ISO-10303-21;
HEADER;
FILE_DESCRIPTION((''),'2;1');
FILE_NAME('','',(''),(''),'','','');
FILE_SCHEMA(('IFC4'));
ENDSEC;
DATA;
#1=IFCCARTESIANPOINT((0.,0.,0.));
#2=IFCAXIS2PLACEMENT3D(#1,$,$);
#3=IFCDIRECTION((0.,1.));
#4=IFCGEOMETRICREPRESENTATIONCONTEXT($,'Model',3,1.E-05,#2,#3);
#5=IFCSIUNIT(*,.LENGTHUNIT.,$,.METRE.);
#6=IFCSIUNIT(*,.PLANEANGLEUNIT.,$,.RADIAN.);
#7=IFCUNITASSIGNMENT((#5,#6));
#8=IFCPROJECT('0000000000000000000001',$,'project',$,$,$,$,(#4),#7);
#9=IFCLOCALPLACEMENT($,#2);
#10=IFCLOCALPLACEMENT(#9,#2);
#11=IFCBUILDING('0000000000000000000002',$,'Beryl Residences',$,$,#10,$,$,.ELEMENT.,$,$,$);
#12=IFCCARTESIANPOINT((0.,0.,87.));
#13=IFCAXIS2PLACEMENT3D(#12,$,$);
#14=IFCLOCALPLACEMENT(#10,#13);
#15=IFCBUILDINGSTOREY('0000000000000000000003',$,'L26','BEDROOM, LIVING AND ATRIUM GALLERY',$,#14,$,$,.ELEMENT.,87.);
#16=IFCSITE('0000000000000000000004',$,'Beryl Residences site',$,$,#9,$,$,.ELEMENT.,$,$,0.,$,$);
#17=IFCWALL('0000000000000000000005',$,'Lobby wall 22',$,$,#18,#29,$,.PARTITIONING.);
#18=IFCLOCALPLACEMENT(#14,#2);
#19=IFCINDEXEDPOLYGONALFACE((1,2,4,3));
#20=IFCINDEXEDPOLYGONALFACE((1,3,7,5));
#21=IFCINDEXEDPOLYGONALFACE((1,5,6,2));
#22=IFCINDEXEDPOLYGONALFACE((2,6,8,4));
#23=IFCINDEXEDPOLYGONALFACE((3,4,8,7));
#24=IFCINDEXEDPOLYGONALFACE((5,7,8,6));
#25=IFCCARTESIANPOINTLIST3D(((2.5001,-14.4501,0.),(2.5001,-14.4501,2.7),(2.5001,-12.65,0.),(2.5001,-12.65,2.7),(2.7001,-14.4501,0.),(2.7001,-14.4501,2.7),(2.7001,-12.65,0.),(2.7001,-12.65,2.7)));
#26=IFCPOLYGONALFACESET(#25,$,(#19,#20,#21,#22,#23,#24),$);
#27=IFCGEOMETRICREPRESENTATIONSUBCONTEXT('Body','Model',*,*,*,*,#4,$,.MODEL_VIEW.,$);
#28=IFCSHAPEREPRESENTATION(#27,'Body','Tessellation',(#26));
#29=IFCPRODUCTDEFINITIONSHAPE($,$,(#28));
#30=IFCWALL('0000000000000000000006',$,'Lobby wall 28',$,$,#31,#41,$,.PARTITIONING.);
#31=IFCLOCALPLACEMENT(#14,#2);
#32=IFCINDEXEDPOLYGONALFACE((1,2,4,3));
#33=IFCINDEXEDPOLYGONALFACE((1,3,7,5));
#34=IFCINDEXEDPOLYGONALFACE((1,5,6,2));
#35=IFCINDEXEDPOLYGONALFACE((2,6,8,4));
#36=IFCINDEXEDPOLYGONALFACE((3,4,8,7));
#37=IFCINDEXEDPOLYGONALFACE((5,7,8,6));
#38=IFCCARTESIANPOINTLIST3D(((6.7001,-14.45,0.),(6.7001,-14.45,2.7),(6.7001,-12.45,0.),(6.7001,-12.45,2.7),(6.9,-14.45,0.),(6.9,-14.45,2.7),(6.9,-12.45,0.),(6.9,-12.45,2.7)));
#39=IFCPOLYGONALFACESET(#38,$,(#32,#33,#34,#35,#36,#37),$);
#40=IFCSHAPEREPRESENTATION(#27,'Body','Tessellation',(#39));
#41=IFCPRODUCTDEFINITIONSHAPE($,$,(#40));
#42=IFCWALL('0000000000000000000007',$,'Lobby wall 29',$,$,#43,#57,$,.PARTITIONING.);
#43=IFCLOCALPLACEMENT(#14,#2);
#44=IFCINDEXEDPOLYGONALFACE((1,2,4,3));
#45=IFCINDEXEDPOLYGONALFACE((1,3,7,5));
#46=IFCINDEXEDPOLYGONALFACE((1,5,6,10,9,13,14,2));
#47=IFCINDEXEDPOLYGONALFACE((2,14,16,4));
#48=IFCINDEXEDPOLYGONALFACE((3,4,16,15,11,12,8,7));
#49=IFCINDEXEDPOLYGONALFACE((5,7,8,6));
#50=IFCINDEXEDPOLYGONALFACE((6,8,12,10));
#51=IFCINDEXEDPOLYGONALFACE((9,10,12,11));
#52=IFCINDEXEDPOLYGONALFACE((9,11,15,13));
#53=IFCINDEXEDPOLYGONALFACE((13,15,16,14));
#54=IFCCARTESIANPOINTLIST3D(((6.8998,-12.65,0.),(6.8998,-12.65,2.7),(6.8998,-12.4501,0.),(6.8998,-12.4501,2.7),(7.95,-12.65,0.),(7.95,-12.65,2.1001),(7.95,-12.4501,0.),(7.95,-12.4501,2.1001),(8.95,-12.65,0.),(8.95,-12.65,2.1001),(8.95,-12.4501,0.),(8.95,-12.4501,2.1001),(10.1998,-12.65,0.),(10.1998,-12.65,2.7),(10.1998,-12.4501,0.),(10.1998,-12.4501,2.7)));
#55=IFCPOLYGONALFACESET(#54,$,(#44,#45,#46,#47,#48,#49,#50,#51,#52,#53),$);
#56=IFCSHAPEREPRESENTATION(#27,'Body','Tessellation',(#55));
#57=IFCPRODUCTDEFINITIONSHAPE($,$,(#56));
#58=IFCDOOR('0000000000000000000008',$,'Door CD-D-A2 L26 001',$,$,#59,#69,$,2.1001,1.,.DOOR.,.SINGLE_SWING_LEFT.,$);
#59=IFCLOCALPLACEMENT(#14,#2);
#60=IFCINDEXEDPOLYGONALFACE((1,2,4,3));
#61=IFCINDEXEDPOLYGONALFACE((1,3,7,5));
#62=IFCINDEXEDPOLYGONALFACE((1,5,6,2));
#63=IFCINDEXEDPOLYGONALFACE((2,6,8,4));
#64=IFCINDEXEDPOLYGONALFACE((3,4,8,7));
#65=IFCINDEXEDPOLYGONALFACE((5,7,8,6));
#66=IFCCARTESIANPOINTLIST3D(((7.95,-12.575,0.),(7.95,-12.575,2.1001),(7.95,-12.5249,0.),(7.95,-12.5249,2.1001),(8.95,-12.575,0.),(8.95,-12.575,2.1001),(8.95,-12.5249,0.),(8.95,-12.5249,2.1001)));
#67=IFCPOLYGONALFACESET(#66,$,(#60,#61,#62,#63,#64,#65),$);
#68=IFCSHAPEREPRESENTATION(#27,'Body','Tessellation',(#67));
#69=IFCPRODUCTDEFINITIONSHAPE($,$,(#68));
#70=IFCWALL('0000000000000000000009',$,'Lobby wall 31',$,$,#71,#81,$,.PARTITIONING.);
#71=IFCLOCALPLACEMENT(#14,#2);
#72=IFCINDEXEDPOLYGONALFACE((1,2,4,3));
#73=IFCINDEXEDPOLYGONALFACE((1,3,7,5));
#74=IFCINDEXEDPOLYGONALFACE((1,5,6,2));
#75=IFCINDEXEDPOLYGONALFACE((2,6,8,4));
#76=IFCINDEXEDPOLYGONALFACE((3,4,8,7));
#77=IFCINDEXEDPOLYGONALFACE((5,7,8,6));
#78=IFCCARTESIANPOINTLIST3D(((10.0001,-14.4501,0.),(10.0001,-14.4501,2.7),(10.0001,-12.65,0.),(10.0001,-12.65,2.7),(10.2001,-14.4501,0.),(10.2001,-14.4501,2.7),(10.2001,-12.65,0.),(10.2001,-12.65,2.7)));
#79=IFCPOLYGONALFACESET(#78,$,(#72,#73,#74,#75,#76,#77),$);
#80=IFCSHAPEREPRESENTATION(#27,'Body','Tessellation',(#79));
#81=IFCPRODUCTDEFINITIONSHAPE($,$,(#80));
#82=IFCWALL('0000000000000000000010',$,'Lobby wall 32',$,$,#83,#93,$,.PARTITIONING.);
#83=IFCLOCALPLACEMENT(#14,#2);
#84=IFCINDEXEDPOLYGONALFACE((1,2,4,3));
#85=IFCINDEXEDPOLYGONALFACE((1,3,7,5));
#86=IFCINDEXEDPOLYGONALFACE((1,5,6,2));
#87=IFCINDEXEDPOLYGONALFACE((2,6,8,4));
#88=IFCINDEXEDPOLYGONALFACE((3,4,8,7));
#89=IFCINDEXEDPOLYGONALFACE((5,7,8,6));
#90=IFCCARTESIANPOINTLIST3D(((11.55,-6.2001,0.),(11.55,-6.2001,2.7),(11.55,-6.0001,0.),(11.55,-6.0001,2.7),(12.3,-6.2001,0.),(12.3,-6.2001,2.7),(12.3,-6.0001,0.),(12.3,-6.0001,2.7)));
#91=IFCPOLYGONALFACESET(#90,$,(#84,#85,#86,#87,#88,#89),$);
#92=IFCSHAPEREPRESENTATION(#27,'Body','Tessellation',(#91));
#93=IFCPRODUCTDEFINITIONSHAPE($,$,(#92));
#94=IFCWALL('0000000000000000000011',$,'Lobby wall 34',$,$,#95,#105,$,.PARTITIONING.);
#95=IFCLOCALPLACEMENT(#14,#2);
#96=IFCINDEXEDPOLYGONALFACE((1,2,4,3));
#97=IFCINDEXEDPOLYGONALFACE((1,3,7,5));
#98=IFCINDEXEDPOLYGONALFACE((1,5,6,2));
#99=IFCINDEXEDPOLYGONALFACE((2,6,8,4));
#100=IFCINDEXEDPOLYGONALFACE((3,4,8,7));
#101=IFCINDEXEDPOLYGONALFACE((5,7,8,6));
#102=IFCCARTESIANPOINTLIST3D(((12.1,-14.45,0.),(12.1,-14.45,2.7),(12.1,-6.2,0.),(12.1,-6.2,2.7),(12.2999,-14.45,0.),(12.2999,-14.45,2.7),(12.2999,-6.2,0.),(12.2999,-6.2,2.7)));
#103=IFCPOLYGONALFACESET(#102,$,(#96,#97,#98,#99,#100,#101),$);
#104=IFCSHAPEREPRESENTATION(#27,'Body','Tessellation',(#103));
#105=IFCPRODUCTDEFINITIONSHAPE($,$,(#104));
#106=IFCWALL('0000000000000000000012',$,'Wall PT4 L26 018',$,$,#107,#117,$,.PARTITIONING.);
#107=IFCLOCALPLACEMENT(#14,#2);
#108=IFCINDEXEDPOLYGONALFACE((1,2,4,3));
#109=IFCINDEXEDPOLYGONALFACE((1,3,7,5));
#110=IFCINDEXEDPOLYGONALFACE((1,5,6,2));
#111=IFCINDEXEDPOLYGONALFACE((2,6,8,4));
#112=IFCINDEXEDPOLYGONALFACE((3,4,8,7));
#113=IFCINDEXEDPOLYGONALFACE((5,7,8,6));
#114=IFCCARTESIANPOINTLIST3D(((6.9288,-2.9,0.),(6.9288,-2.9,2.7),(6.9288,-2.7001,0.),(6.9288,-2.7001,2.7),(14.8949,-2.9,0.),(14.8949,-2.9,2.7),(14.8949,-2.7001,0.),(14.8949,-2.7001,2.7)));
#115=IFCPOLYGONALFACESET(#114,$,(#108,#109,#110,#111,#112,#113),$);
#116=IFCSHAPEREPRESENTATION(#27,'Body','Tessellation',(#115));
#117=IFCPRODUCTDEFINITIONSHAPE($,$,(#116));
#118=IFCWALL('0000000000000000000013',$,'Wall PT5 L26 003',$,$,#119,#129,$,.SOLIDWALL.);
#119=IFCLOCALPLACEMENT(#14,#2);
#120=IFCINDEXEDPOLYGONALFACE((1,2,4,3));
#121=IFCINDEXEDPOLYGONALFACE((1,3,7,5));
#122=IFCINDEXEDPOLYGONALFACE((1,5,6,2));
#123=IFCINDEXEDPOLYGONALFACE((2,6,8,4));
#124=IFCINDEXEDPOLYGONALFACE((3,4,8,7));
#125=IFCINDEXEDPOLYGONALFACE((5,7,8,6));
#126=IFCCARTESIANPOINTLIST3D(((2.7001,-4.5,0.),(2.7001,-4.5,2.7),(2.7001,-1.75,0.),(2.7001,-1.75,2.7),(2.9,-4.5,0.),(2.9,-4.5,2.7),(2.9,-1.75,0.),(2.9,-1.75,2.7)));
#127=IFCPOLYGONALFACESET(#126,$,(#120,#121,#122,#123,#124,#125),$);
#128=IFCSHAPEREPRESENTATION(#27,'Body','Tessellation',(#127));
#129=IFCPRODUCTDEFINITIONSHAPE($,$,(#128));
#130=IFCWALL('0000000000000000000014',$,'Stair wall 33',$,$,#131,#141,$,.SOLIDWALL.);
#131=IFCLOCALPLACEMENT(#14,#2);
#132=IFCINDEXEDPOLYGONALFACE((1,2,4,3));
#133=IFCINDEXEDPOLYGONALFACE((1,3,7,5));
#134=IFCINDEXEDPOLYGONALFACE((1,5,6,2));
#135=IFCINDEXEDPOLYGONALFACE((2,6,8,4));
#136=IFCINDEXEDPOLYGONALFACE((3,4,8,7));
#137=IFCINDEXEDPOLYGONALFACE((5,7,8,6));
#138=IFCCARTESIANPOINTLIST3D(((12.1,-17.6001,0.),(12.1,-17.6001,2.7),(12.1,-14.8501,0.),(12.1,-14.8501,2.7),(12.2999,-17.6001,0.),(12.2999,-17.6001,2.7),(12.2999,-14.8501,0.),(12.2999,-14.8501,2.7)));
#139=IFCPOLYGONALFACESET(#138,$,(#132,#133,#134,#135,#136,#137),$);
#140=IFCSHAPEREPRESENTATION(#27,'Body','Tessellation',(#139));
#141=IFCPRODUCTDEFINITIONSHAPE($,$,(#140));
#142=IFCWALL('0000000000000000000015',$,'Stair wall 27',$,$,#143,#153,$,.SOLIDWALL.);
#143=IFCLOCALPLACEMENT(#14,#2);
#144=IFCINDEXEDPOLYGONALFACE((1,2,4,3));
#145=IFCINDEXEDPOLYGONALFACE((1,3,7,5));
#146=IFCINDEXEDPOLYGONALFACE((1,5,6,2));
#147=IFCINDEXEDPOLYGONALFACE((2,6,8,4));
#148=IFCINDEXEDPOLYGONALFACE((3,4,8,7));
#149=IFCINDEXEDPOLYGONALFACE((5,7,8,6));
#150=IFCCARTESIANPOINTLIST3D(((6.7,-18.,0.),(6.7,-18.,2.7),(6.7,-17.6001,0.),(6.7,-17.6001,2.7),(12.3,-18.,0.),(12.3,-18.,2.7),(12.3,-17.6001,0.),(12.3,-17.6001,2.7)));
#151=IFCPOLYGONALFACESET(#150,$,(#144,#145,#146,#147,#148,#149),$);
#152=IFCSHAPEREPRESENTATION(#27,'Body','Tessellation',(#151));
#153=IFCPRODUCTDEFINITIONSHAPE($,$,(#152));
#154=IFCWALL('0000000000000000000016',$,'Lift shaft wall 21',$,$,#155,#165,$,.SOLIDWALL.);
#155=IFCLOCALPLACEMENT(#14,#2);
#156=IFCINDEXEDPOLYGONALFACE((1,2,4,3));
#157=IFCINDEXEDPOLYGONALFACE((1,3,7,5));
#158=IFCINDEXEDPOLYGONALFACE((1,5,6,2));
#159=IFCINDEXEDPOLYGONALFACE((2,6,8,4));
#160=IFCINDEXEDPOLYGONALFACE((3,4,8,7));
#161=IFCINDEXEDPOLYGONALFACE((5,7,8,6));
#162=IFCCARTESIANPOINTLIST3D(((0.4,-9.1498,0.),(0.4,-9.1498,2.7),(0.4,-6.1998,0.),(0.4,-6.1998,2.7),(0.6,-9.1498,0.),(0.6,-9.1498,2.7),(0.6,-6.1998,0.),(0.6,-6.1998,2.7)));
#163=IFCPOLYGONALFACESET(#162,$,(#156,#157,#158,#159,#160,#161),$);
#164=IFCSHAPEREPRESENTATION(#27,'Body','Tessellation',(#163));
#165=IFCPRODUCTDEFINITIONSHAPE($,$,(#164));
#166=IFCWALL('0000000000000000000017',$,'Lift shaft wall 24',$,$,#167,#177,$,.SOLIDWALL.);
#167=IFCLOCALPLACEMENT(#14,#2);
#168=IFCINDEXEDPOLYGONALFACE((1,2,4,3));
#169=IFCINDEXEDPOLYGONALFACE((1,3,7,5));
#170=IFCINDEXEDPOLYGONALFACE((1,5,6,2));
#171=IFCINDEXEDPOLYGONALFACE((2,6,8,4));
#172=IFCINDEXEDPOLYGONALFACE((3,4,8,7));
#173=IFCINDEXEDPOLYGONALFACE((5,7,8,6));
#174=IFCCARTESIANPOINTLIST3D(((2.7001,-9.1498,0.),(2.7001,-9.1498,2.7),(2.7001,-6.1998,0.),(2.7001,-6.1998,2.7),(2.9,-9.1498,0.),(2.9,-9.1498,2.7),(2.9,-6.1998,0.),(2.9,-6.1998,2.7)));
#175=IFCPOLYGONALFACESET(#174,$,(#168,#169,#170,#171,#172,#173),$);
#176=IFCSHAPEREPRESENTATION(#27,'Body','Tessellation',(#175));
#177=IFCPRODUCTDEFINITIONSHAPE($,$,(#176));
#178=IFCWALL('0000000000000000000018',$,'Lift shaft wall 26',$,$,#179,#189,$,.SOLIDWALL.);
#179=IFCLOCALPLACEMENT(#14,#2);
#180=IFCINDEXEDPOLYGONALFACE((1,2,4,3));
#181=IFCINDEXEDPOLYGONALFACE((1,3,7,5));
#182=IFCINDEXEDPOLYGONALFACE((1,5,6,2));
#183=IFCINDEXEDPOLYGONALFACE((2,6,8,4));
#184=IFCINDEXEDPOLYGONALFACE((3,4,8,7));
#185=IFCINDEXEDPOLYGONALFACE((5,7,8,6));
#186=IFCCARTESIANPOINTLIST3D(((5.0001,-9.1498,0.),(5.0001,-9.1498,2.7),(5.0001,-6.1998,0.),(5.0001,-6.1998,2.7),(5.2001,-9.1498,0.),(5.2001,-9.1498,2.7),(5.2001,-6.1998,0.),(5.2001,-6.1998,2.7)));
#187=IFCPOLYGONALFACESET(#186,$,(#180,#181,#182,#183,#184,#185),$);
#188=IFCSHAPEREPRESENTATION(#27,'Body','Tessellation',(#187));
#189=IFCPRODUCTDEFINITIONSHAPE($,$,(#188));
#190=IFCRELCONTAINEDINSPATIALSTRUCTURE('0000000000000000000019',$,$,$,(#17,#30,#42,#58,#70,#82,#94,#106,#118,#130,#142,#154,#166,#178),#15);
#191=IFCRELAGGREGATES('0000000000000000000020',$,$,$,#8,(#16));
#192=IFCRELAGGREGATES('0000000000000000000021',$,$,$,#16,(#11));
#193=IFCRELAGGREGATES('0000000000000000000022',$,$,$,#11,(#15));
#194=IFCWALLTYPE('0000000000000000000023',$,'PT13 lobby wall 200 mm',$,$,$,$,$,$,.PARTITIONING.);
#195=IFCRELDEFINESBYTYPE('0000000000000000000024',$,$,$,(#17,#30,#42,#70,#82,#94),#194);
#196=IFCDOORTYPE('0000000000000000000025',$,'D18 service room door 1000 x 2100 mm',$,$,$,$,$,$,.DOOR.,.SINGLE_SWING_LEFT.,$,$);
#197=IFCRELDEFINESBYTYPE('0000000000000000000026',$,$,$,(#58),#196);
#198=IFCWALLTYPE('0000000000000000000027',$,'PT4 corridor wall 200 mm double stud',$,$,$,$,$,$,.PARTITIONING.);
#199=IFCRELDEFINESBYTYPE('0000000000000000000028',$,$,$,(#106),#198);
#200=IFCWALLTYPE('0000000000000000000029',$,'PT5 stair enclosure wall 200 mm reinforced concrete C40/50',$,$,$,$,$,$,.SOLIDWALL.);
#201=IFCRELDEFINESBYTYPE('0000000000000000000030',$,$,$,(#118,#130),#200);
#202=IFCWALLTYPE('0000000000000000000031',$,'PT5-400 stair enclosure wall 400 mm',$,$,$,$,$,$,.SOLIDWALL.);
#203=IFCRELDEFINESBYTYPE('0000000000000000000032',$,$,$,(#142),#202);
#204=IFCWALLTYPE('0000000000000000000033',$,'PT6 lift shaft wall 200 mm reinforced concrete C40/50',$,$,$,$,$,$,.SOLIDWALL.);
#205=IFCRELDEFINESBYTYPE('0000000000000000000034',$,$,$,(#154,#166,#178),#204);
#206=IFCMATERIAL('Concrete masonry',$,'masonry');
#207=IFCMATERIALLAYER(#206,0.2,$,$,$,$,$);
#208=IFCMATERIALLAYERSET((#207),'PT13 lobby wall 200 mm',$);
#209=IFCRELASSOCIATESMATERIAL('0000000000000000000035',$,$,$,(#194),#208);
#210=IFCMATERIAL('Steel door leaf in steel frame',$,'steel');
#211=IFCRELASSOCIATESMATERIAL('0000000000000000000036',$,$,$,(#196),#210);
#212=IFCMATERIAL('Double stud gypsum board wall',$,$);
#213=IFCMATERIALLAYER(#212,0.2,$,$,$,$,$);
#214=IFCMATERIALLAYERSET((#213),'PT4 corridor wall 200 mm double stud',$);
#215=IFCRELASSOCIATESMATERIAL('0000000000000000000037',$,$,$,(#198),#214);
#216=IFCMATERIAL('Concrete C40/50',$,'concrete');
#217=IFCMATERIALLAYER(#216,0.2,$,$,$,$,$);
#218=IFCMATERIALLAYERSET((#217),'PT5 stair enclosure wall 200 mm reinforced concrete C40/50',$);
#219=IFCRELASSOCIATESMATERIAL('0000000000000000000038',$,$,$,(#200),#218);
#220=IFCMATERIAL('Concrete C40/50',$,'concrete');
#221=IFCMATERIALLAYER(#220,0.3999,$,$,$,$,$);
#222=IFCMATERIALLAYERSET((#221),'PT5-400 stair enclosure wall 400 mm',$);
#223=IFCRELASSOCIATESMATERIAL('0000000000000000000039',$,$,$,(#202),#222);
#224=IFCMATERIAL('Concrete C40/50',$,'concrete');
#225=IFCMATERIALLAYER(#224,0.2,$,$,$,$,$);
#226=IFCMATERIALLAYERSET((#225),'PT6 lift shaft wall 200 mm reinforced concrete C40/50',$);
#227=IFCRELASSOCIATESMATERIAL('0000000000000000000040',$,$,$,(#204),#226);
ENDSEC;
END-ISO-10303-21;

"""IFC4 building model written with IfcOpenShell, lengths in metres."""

from ifc_helpers import new_model, si_unit, direction, frame, frame_2d, origin, place, context, subcontext, project, spatial, rectangle, extrude, material, layer, layer_set, type_object, element, fill, save


model = new_model("IFC4")

# Units and contexts
model_context = context("Model", 3, precision=1e-05, world=origin(), true_north=direction((0.0, 1.0)))
body_context = subcontext(model_context, "Body", "Model", "MODEL_VIEW")
ifc_project = project(units=[si_unit("LENGTHUNIT", "METRE"), si_unit("PLANEANGLEUNIT", "RADIAN")], contexts=[model_context])

# Site, building, storey
site_placement = place(None, origin())
site = spatial("IfcSite", under=ifc_project, at=site_placement, Name="Beryl Residences site", CompositionType="ELEMENT", RefElevation=0.0)
building_placement = place(site_placement, origin())
building = spatial("IfcBuilding", under=site, at=building_placement, Name="Beryl Residences", CompositionType="ELEMENT")
storey_placement = place(building_placement, frame((0.0, 0.0, 87.0)))
storey = spatial("IfcBuildingStorey", under=building, at=storey_placement, Name="L26", Description="BEDROOM, LIVING AND ATRIUM GALLERY", CompositionType="ELEMENT", Elevation=87.0)

# Walls
ifc_material_1 = material(Name="Concrete masonry", Category="masonry")
ifc_layer_1 = layer(ifc_material_1, 0.2)
ifc_layer_set_1 = layer_set([ifc_layer_1], Name="PT13 lobby wall 200 mm")
wall_type_1 = type_object("IfcWallType", Name="PT13 lobby wall 200 mm", PredefinedType="PARTITIONING", material=ifc_layer_set_1)
wall_1_placement = place(storey_placement, frame((2.6001, -14.45, 0.0), z_axis=(0.0, 0.0, 1.0), x_axis=(0.0, 1.0, 0.0)))
element("IfcWall", 1, at=wall_1_placement, inside=storey, type_object=wall_type_1, Name="Lobby wall 22", PredefinedType="PARTITIONING", context=body_context, shape_type="SweptSolid", body=[
    extrude(rectangle(XDim=1.8, YDim=0.2, at=frame_2d((0.8999, 0.0))), origin(), (0.0, 0.0, 1.0), 2.7),
])
wall_2_placement = place(storey_placement, frame((6.8, -14.45, 0.0), z_axis=(0.0, 0.0, 1.0), x_axis=(0.0, 1.0, 0.0)))
element("IfcWall", 2, at=wall_2_placement, inside=storey, type_object=wall_type_1, Name="Lobby wall 28", PredefinedType="PARTITIONING", context=body_context, shape_type="SweptSolid", body=[
    extrude(rectangle(XDim=2.0, YDim=0.2, at=frame_2d((1.0, 0.0))), origin(), (0.0, 0.0, 1.0), 2.7),
])

# Wall, opening, door
wall_3_placement = place(storey_placement, frame((6.8999, -12.55, 0.0), z_axis=(0.0, 0.0, 1.0), x_axis=(1.0, 0.0, 0.0)))
wall_3 = element("IfcWall", 3, at=wall_3_placement, inside=storey, type_object=wall_type_1, Name="Lobby wall 29", PredefinedType="PARTITIONING", context=body_context, shape_type="SweptSolid", body=[
    extrude(rectangle(XDim=3.3, YDim=0.2, at=frame_2d((1.6499, 0.0))), origin(), (0.0, 0.0, 1.0), 2.7),
])
opening_placement = place(wall_3_placement, frame((2.05, 0.0, 0.0), z_axis=(0.0, 0.0, 1.0), x_axis=(-1.0, 0.0, 0.0)))
opening = element("IfcOpeningElement", 4, at=opening_placement, cuts=wall_3, PredefinedType="OPENING", context=body_context, shape_type="SweptSolid", body=[
    extrude(rectangle(XDim=1.0, YDim=2.1001, at=frame_2d((0.5, 1.05))), frame((0.0, 0.1099, 0.0), z_axis=(0.0, -1.0, 0.0), x_axis=(1.0, 0.0, 0.0)), (0.0, 0.0, 1.0), 0.22),
])
ifc_material_2 = material(Name="Steel door leaf in steel frame", Category="steel")
door_type = type_object("IfcDoorType", Name="D18 service room door 1000 x 2100 mm", OperationType="SINGLE_SWING_LEFT", PredefinedType="DOOR", material=ifc_material_2)
door_placement = place(opening_placement, origin())
door = element("IfcDoor", 5, at=door_placement, inside=storey, type_object=door_type, Name="Door CD-D-A2 L26 001", OperationType="SINGLE_SWING_LEFT", OverallHeight=2.1001, OverallWidth=1.0, PredefinedType="DOOR", context=body_context, shape_type="SweptSolid", body=[
    extrude(rectangle(XDim=1.0, YDim=2.1001, at=frame_2d((0.5, 1.05))), frame((0.0, 0.0249, 0.0), z_axis=(0.0, -1.0, 0.0), x_axis=(1.0, 0.0, 0.0)), (0.0, 0.0, 1.0), 0.05),
])
fill(opening, door)

# Walls
wall_4_placement = place(storey_placement, frame((10.1001, -14.45, 0.0), z_axis=(0.0, 0.0, 1.0), x_axis=(0.0, 1.0, 0.0)))
element("IfcWall", 6, at=wall_4_placement, inside=storey, type_object=wall_type_1, Name="Lobby wall 31", PredefinedType="PARTITIONING", context=body_context, shape_type="SweptSolid", body=[
    extrude(rectangle(XDim=1.8, YDim=0.2, at=frame_2d((0.8999, 0.0))), origin(), (0.0, 0.0, 1.0), 2.7),
])
wall_5_placement = place(storey_placement, frame((11.55, -6.1001, 0.0), z_axis=(0.0, 0.0, 1.0), x_axis=(1.0, 0.0, 0.0)))
element("IfcWall", 7, at=wall_5_placement, inside=storey, type_object=wall_type_1, Name="Lobby wall 32", PredefinedType="PARTITIONING", context=body_context, shape_type="SweptSolid", body=[
    extrude(rectangle(XDim=0.75, YDim=0.2, at=frame_2d((0.375, 0.0))), origin(), (0.0, 0.0, 1.0), 2.7),
])
wall_6_placement = place(storey_placement, frame((12.2, -14.45, 0.0), z_axis=(0.0, 0.0, 1.0), x_axis=(0.0, 1.0, 0.0)))
element("IfcWall", 8, at=wall_6_placement, inside=storey, type_object=wall_type_1, Name="Lobby wall 34", PredefinedType="PARTITIONING", context=body_context, shape_type="SweptSolid", body=[
    extrude(rectangle(XDim=8.25, YDim=0.2, at=frame_2d((4.125, 0.0))), origin(), (0.0, 0.0, 1.0), 2.7),
])
ifc_material_3 = material(Name="Double stud gypsum board wall")
ifc_layer_2 = layer(ifc_material_3, 0.2)
ifc_layer_set_2 = layer_set([ifc_layer_2], Name="PT4 corridor wall 200 mm double stud")
wall_type_2 = type_object("IfcWallType", Name="PT4 corridor wall 200 mm double stud", PredefinedType="PARTITIONING", material=ifc_layer_set_2)
wall_7_placement = place(storey_placement, frame((6.929, -2.8, 0.0), z_axis=(0.0, 0.0, 1.0), x_axis=(1.0, 0.0, 0.0)))
element("IfcWall", 9, at=wall_7_placement, inside=storey, type_object=wall_type_2, Name="Wall PT4 L26 018", PredefinedType="PARTITIONING", context=body_context, shape_type="SweptSolid", body=[
    extrude(rectangle(XDim=7.9661, YDim=0.2, at=frame_2d((3.9829, 0.0))), origin(), (0.0, 0.0, 1.0), 2.7),
])
ifc_material_4 = material(Name="Concrete C40/50", Category="concrete")
ifc_layer_3 = layer(ifc_material_4, 0.2)
ifc_layer_set_3 = layer_set([ifc_layer_3], Name="PT5 stair enclosure wall 200 mm reinforced concrete C40/50")
wall_type_3 = type_object("IfcWallType", Name="PT5 stair enclosure wall 200 mm reinforced concrete C40/50", PredefinedType="SOLIDWALL", material=ifc_layer_set_3)
for number, where, z_axis, x_axis, name in (
    (10, (2.8, -4.5, 0.0), (0.0, 0.0, 1.0), (0.0, 1.0, 0.0), "Wall PT5 L26 003"),
    (11, (12.2, -17.6001, 0.0), (0.0, 0.0, 1.0), (0.0, 1.0, 0.0), "Stair wall 33"),
):
    element("IfcWall", number, at=place(storey_placement, frame(where, z_axis=z_axis, x_axis=x_axis)), inside=storey, type_object=wall_type_3, Name=name, PredefinedType="SOLIDWALL", context=body_context, shape_type="SweptSolid", body=[
        extrude(rectangle(XDim=2.75, YDim=0.2, at=frame_2d((1.375, 0.0))), origin(), (0.0, 0.0, 1.0), 2.7),
    ])
ifc_material_5 = material(Name="Concrete C40/50", Category="concrete")
ifc_layer_4 = layer(ifc_material_5, 0.3999)
ifc_layer_set_4 = layer_set([ifc_layer_4], Name="PT5-400 stair enclosure wall 400 mm")
wall_type_4 = type_object("IfcWallType", Name="PT5-400 stair enclosure wall 400 mm", PredefinedType="SOLIDWALL", material=ifc_layer_set_4)
wall_8_placement = place(storey_placement, frame((6.7, -17.8, 0.0), z_axis=(0.0, 0.0, 1.0), x_axis=(1.0, 0.0, 0.0)))
element("IfcWall", 12, at=wall_8_placement, inside=storey, type_object=wall_type_4, Name="Stair wall 27", PredefinedType="SOLIDWALL", context=body_context, shape_type="SweptSolid", body=[
    extrude(rectangle(XDim=5.6001, YDim=0.3999, at=frame_2d((2.8, 0.0))), origin(), (0.0, 0.0, 1.0), 2.7),
])
ifc_material_6 = material(Name="Concrete C40/50", Category="concrete")
ifc_layer_5 = layer(ifc_material_6, 0.2)
ifc_layer_set_5 = layer_set([ifc_layer_5], Name="PT6 lift shaft wall 200 mm reinforced concrete C40/50")
wall_type_5 = type_object("IfcWallType", Name="PT6 lift shaft wall 200 mm reinforced concrete C40/50", PredefinedType="SOLIDWALL", material=ifc_layer_set_5)
for number, where, z_axis, x_axis, name in (
    (13, (0.5, -9.1499, 0.0), (0.0, 0.0, 1.0), (0.0, 1.0, 0.0), "Lift shaft wall 21"),
    (14, (2.8, -9.1499, 0.0), (0.0, 0.0, 1.0), (0.0, 1.0, 0.0), "Lift shaft wall 24"),
    (15, (5.1001, -9.1499, 0.0), (0.0, 0.0, 1.0), (0.0, 1.0, 0.0), "Lift shaft wall 26"),
):
    element("IfcWall", number, at=place(storey_placement, frame(where, z_axis=z_axis, x_axis=x_axis)), inside=storey, type_object=wall_type_5, Name=name, PredefinedType="SOLIDWALL", context=body_context, shape_type="SweptSolid", body=[
        extrude(rectangle(XDim=2.95, YDim=0.2, at=frame_2d((1.4751, 0.0))), origin(), (0.0, 0.0, 1.0), 2.7),
    ])

save(model, "model.ifc")
